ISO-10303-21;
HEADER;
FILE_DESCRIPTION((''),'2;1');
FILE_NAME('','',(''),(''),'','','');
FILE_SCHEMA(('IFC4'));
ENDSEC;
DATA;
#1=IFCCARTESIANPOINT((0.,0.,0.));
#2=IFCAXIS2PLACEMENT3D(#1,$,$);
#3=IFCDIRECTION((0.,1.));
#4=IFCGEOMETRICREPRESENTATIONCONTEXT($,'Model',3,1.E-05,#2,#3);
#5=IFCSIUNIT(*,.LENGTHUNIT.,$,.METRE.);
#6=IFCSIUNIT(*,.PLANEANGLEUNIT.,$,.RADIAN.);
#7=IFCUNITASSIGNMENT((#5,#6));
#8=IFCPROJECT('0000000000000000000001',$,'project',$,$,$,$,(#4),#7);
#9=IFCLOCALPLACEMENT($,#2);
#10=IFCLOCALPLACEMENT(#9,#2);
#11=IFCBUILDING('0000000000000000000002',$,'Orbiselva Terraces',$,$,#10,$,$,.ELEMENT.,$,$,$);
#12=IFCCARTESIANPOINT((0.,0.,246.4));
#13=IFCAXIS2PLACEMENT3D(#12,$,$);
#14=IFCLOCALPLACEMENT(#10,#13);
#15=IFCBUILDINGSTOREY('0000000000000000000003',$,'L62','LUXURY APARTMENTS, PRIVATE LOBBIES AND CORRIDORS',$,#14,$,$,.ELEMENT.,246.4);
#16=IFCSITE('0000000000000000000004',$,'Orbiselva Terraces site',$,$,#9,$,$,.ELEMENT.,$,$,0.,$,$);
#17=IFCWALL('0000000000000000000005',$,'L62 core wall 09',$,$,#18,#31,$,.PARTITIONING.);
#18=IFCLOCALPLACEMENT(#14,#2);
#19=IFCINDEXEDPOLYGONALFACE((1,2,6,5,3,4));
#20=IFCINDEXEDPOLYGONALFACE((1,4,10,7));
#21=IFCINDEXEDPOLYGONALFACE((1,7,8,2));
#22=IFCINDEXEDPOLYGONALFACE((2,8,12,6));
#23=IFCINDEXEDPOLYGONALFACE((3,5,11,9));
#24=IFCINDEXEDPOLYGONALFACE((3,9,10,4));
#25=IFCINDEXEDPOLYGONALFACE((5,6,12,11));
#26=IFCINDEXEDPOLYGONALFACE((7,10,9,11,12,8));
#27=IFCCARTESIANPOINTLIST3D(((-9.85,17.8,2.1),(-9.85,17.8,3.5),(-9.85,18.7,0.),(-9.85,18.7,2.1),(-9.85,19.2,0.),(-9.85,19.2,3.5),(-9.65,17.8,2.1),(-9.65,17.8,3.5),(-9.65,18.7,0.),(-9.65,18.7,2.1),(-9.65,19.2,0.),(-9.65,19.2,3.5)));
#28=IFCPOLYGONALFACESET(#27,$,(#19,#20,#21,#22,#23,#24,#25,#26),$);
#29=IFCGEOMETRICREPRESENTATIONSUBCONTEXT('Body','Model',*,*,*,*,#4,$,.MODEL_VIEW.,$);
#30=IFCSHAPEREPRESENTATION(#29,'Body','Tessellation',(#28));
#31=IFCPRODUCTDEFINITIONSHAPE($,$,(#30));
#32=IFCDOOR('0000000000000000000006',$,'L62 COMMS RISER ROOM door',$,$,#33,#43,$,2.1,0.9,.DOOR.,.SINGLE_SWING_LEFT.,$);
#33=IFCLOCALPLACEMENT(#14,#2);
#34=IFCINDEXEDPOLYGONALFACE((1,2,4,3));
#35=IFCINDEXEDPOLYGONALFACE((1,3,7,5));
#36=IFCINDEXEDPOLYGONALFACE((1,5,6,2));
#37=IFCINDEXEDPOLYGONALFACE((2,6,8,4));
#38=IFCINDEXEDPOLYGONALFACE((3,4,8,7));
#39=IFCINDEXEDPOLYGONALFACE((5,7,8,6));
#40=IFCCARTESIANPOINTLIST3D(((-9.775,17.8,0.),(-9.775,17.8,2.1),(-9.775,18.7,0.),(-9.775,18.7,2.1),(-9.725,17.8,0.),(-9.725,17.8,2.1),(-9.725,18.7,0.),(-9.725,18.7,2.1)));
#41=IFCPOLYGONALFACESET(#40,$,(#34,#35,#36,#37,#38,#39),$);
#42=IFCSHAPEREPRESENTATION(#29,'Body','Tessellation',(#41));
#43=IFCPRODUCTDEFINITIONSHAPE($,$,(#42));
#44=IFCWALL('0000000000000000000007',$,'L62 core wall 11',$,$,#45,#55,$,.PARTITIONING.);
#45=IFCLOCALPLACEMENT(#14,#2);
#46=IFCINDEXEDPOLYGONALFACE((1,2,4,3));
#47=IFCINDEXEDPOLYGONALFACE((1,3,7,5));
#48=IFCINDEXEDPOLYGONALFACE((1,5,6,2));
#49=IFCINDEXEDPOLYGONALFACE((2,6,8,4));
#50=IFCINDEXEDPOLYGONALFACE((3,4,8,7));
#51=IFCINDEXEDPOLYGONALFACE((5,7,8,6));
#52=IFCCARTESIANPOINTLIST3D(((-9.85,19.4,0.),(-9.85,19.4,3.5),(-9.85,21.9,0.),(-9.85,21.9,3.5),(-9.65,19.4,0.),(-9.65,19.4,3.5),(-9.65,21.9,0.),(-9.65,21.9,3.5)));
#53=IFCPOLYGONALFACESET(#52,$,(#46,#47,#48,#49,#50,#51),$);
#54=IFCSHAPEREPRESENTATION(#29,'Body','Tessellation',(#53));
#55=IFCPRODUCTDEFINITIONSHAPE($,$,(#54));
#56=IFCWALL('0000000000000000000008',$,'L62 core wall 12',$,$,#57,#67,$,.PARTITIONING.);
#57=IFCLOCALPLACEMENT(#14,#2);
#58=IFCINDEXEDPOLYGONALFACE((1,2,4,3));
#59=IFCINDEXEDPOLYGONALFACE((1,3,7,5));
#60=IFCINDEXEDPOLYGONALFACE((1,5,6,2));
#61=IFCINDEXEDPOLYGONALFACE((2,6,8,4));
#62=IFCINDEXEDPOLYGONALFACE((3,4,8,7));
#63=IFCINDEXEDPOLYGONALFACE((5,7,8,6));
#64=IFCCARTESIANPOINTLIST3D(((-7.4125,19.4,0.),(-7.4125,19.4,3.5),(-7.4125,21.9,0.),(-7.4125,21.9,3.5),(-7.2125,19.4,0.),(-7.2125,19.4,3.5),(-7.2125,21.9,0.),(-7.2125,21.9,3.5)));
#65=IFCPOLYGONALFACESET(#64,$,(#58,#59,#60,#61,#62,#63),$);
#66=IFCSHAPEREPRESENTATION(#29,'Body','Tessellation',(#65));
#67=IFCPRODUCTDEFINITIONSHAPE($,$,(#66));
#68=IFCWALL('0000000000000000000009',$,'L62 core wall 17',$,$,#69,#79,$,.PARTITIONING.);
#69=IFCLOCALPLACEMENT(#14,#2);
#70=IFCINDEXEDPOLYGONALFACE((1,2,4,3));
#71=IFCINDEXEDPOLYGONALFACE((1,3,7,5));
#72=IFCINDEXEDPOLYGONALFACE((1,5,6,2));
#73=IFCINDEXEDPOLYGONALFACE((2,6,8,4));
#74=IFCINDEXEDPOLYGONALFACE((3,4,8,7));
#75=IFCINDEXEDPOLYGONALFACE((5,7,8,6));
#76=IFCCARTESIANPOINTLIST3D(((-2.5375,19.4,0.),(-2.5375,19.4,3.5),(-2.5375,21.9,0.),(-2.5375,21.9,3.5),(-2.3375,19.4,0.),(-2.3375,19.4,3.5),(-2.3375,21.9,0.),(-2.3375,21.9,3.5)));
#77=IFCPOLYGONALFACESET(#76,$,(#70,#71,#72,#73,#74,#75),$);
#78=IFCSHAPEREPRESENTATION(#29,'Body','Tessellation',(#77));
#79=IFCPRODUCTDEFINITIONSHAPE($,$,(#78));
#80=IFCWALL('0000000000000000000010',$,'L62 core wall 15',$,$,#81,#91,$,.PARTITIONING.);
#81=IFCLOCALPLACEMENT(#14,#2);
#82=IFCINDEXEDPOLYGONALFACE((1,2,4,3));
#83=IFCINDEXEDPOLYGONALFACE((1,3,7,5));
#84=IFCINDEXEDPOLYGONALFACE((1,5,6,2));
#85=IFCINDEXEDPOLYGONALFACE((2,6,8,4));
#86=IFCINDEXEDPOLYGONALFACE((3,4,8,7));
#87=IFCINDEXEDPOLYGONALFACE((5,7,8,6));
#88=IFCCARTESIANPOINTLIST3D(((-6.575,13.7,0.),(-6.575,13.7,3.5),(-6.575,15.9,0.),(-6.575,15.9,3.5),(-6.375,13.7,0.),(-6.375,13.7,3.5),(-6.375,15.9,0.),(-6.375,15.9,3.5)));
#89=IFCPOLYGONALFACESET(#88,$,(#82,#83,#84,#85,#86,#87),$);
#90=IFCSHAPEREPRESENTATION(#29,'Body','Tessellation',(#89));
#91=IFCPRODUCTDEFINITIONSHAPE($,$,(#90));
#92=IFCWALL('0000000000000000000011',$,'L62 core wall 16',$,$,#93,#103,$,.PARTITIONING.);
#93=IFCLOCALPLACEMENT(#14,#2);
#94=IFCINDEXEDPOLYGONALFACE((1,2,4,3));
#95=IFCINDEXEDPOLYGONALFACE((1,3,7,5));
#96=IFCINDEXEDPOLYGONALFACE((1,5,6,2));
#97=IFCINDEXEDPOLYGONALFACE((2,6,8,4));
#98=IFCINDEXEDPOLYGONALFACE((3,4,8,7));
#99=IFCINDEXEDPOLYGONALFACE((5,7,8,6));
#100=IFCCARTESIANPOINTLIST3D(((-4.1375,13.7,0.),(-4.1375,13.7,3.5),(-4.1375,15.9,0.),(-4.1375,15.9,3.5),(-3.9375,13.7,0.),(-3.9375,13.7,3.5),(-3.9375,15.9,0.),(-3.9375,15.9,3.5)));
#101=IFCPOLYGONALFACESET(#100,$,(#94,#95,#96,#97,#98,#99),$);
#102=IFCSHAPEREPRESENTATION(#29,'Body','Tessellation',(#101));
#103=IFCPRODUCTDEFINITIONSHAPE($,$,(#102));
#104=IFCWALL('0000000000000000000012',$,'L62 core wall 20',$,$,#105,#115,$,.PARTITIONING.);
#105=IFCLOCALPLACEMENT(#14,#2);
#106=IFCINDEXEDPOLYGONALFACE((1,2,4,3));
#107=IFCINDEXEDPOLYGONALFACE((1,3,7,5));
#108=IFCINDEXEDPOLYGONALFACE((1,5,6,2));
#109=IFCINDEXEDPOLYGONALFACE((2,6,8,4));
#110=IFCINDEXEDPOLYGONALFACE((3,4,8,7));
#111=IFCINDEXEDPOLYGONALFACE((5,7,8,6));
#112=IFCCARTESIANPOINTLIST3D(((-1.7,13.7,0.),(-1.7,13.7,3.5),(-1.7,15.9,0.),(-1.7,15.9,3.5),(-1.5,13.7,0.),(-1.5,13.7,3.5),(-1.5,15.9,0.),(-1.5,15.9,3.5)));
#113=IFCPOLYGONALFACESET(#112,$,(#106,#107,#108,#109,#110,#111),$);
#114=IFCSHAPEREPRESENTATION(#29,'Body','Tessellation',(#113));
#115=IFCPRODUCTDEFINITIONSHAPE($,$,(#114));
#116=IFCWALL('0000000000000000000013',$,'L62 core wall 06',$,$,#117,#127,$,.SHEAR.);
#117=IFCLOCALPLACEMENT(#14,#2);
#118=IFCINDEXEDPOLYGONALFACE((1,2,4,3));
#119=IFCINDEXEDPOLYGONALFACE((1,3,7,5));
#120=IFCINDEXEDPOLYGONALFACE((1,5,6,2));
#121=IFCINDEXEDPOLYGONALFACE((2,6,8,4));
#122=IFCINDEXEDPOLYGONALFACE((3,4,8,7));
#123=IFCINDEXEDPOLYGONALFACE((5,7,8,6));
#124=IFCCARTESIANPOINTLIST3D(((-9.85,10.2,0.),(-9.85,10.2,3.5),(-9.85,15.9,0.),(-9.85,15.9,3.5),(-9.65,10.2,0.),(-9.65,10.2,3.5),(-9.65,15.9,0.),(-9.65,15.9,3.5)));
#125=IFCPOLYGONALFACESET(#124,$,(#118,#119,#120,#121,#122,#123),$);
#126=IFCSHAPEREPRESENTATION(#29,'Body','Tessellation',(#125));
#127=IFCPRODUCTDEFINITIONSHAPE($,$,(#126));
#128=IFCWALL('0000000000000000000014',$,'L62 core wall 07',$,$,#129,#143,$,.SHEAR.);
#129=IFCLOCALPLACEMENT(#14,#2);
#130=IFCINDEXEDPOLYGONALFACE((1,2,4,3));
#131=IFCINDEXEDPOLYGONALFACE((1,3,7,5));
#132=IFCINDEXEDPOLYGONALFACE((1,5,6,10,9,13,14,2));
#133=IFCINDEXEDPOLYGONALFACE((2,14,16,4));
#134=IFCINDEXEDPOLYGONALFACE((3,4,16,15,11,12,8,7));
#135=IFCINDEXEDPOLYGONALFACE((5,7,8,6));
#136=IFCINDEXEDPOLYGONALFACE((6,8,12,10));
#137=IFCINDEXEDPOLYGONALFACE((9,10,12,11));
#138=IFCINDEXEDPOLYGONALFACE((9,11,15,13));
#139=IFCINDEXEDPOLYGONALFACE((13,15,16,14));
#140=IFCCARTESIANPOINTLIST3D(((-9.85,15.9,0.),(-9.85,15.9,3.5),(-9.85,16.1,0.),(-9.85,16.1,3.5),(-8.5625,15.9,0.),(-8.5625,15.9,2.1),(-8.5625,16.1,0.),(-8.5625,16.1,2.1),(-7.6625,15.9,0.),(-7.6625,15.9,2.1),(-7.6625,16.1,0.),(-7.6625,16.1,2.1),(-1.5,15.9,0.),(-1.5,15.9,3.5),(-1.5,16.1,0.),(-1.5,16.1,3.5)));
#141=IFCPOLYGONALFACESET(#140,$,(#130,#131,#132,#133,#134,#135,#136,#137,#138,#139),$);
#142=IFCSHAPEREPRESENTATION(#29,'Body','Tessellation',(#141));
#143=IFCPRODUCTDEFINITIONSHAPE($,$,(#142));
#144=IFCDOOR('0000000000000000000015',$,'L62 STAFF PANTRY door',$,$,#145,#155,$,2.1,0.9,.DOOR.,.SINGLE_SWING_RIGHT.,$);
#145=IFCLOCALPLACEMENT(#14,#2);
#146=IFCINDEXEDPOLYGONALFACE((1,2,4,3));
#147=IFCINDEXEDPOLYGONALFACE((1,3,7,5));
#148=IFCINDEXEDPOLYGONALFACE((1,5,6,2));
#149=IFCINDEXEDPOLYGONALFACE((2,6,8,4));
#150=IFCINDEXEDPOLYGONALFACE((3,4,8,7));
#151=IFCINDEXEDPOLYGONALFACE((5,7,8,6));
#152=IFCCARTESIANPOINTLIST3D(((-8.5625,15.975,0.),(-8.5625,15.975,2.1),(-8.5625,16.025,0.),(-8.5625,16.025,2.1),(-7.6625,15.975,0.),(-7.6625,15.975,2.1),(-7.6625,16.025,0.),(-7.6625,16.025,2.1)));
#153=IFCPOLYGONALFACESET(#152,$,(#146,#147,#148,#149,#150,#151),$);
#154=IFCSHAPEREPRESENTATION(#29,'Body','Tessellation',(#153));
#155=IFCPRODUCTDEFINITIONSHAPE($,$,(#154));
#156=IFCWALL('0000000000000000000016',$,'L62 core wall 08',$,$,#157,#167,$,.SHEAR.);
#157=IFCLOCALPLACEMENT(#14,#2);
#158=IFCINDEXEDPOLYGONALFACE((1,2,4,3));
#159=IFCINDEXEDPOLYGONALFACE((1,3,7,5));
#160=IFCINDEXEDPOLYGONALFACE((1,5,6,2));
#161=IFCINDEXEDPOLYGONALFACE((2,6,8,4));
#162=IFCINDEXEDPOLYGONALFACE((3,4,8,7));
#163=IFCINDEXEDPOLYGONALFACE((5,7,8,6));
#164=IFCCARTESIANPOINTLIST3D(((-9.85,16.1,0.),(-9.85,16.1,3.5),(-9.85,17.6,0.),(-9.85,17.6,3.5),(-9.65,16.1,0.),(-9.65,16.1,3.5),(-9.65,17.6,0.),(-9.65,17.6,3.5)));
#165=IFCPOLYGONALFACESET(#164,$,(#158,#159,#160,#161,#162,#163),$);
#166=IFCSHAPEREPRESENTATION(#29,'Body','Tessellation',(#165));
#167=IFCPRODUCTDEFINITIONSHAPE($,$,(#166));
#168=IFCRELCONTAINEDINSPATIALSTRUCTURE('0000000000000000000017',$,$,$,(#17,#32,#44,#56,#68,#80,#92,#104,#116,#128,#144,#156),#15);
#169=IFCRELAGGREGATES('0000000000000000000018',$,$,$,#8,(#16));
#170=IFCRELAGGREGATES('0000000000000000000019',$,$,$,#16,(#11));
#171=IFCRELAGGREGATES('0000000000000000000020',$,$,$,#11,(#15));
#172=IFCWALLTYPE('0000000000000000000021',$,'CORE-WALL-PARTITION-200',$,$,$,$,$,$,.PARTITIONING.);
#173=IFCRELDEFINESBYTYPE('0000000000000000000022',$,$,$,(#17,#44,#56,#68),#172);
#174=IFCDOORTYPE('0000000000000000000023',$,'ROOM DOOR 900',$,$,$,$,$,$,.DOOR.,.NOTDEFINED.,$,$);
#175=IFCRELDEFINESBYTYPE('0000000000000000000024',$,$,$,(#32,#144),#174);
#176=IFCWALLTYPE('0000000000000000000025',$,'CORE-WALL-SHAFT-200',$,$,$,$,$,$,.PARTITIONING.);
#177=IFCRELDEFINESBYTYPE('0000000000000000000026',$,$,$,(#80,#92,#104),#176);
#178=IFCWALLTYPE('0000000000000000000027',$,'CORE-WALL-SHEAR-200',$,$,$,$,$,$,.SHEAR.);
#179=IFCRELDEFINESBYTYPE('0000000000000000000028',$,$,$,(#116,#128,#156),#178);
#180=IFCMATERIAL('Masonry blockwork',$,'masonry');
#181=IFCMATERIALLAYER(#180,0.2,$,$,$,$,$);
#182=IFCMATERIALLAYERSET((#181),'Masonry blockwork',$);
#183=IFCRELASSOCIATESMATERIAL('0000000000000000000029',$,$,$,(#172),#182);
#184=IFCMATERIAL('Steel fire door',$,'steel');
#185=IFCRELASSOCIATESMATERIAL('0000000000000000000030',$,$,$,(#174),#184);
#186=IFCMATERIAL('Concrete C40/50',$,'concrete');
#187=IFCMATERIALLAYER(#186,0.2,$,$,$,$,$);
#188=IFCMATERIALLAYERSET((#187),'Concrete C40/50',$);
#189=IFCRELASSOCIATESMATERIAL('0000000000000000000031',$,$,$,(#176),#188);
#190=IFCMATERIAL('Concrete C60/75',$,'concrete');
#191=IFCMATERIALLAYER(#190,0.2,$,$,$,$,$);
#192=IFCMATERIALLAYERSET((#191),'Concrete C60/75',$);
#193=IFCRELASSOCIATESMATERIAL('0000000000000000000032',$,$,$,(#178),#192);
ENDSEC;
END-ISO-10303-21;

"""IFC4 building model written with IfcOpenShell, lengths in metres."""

from ifc_helpers import new_model, si_unit, direction, frame, frame_2d, origin, place, context, subcontext, project, spatial, rectangle, extrude, material, layer, layer_set, type_object, element, fill, save


model = new_model("IFC4")

# Units and contexts
model_context = context("Model", 3, precision=1e-05, world=origin(), true_north=direction((0.0, 1.0)))
body_context = subcontext(model_context, "Body", "Model", "MODEL_VIEW")
ifc_project = project(units=[si_unit("LENGTHUNIT", "METRE"), si_unit("PLANEANGLEUNIT", "RADIAN")], contexts=[model_context])

# Site, building, storey
site_placement = place(None, origin())
site = spatial("IfcSite", under=ifc_project, at=site_placement, Name="Orbiselva Terraces site", CompositionType="ELEMENT", RefElevation=0.0)
building_placement = place(site_placement, origin())
building = spatial("IfcBuilding", under=site, at=building_placement, Name="Orbiselva Terraces", CompositionType="ELEMENT")
storey_placement = place(building_placement, frame((0.0, 0.0, 246.4)))
storey = spatial("IfcBuildingStorey", under=building, at=storey_placement, Name="L62", Description="LUXURY APARTMENTS, PRIVATE LOBBIES AND CORRIDORS", CompositionType="ELEMENT", Elevation=246.4)

# Wall, opening, door
ifc_material_1 = material(Name="Masonry blockwork", Category="masonry")
ifc_layer_1 = layer(ifc_material_1, 0.2)
ifc_layer_set_1 = layer_set([ifc_layer_1], Name="Masonry blockwork")
wall_type_1 = type_object("IfcWallType", Name="CORE-WALL-PARTITION-200", PredefinedType="PARTITIONING", material=ifc_layer_set_1)
wall_1_placement = place(storey_placement, frame((-9.75, 17.8, 0.0), z_axis=(0.0, 0.0, 1.0), x_axis=(0.0, 1.0, 0.0)))
wall_1 = element("IfcWall", 1, at=wall_1_placement, inside=storey, type_object=wall_type_1, Name="L62 core wall 09", PredefinedType="PARTITIONING", context=body_context, shape_type="SweptSolid", body=[
    extrude(rectangle(XDim=1.4, YDim=0.2, at=frame_2d((0.7, 0.0))), origin(), (0.0, 0.0, 1.0), 3.5),
])
opening_1_placement = place(wall_1_placement, origin())
opening_1 = element("IfcOpeningElement", 2, at=opening_1_placement, cuts=wall_1, PredefinedType="OPENING", context=body_context, shape_type="SweptSolid", body=[
    extrude(rectangle(XDim=0.9, YDim=2.1, at=frame_2d((0.45, 1.05))), frame((0.0, 0.11, 0.0), z_axis=(0.0, -1.0, 0.0), x_axis=(1.0, 0.0, 0.0)), (0.0, 0.0, 1.0), 0.22),
])
ifc_material_2 = material(Name="Steel fire door", Category="steel")
door_type_1 = type_object("IfcDoorType", Name="ROOM DOOR 900", OperationType="NOTDEFINED", PredefinedType="DOOR", material=ifc_material_2)
door_1_placement = place(opening_1_placement, origin())
door_1 = element("IfcDoor", 3, at=door_1_placement, inside=storey, type_object=door_type_1, Name="L62 COMMS RISER ROOM door", OperationType="SINGLE_SWING_LEFT", OverallHeight=2.1, OverallWidth=0.9, PredefinedType="DOOR", context=body_context, shape_type="SweptSolid", body=[
    extrude(rectangle(XDim=0.9, YDim=2.1, at=frame_2d((0.45, 1.05))), frame((0.0, 0.025, 0.0), z_axis=(0.0, -1.0, 0.0), x_axis=(1.0, 0.0, 0.0)), (0.0, 0.0, 1.0), 0.05),
])
fill(opening_1, door_1)

# Walls
for number, where, z_axis, x_axis, name in (
    (4, (-9.75, 19.4, 0.0), (0.0, 0.0, 1.0), (0.0, 1.0, 0.0), "L62 core wall 11"),
    (5, (-7.3125, 19.4, 0.0), (0.0, 0.0, 1.0), (0.0, 1.0, 0.0), "L62 core wall 12"),
    (6, (-2.4375, 19.4, 0.0), (0.0, 0.0, 1.0), (0.0, 1.0, 0.0), "L62 core wall 17"),
):
    element("IfcWall", number, at=place(storey_placement, frame(where, z_axis=z_axis, x_axis=x_axis)), inside=storey, type_object=wall_type_1, Name=name, PredefinedType="PARTITIONING", context=body_context, shape_type="SweptSolid", body=[
        extrude(rectangle(XDim=2.5, YDim=0.2, at=frame_2d((1.25, 0.0))), origin(), (0.0, 0.0, 1.0), 3.5),
    ])
ifc_material_3 = material(Name="Concrete C40/50", Category="concrete")
ifc_layer_2 = layer(ifc_material_3, 0.2)
ifc_layer_set_2 = layer_set([ifc_layer_2], Name="Concrete C40/50")
wall_type_2 = type_object("IfcWallType", Name="CORE-WALL-SHAFT-200", PredefinedType="PARTITIONING", material=ifc_layer_set_2)
for number, where, z_axis, x_axis, name in (
    (7, (-6.475, 13.7, 0.0), (0.0, 0.0, 1.0), (0.0, 1.0, 0.0), "L62 core wall 15"),
    (8, (-4.0375, 13.7, 0.0), (0.0, 0.0, 1.0), (0.0, 1.0, 0.0), "L62 core wall 16"),
    (9, (-1.6, 13.7, 0.0), (0.0, 0.0, 1.0), (0.0, 1.0, 0.0), "L62 core wall 20"),
):
    element("IfcWall", number, at=place(storey_placement, frame(where, z_axis=z_axis, x_axis=x_axis)), inside=storey, type_object=wall_type_2, Name=name, PredefinedType="PARTITIONING", context=body_context, shape_type="SweptSolid", body=[
        extrude(rectangle(XDim=2.2, YDim=0.2, at=frame_2d((1.1, 0.0))), origin(), (0.0, 0.0, 1.0), 3.5),
    ])
ifc_material_4 = material(Name="Concrete C60/75", Category="concrete")
ifc_layer_3 = layer(ifc_material_4, 0.2)
ifc_layer_set_3 = layer_set([ifc_layer_3], Name="Concrete C60/75")
wall_type_3 = type_object("IfcWallType", Name="CORE-WALL-SHEAR-200", PredefinedType="SHEAR", material=ifc_layer_set_3)
wall_2_placement = place(storey_placement, frame((-9.75, 10.2, 0.0), z_axis=(0.0, 0.0, 1.0), x_axis=(0.0, 1.0, 0.0)))
element("IfcWall", 10, at=wall_2_placement, inside=storey, type_object=wall_type_3, Name="L62 core wall 06", PredefinedType="SHEAR", context=body_context, shape_type="SweptSolid", body=[
    extrude(rectangle(XDim=5.7, YDim=0.2, at=frame_2d((2.85, 0.0))), origin(), (0.0, 0.0, 1.0), 3.5),
])

# Wall, opening, door
wall_3_placement = place(storey_placement, frame((-1.5, 16.0, 0.0), z_axis=(0.0, 0.0, 1.0), x_axis=(-1.0, 0.0, 0.0)))
wall_3 = element("IfcWall", 11, at=wall_3_placement, inside=storey, type_object=wall_type_3, Name="L62 core wall 07", PredefinedType="SHEAR", context=body_context, shape_type="SweptSolid", body=[
    extrude(rectangle(XDim=8.35, YDim=0.2, at=frame_2d((4.175, 0.0))), origin(), (0.0, 0.0, 1.0), 3.5),
])
opening_2_placement = place(wall_3_placement, frame((6.1625, 0.0, 0.0)))
opening_2 = element("IfcOpeningElement", 12, at=opening_2_placement, cuts=wall_3, PredefinedType="OPENING", context=body_context, shape_type="SweptSolid", body=[
    extrude(rectangle(XDim=0.9, YDim=2.1, at=frame_2d((0.45, 1.05))), frame((0.0, 0.11, 0.0), z_axis=(0.0, -1.0, 0.0), x_axis=(1.0, 0.0, 0.0)), (0.0, 0.0, 1.0), 0.22),
])
door_2_placement = place(opening_2_placement, origin())
door_2 = element("IfcDoor", 13, at=door_2_placement, inside=storey, type_object=door_type_1, Name="L62 STAFF PANTRY door", OperationType="SINGLE_SWING_RIGHT", OverallHeight=2.1, OverallWidth=0.9, PredefinedType="DOOR", context=body_context, shape_type="SweptSolid", body=[
    extrude(rectangle(XDim=0.9, YDim=2.1, at=frame_2d((0.45, 1.05))), frame((0.0, 0.025, 0.0), z_axis=(0.0, -1.0, 0.0), x_axis=(1.0, 0.0, 0.0)), (0.0, 0.0, 1.0), 0.05),
])
fill(opening_2, door_2)

# Wall
wall_4_placement = place(storey_placement, frame((-9.75, 16.1, 0.0), z_axis=(0.0, 0.0, 1.0), x_axis=(0.0, 1.0, 0.0)))
element("IfcWall", 14, at=wall_4_placement, inside=storey, type_object=wall_type_3, Name="L62 core wall 08", PredefinedType="SHEAR", context=body_context, shape_type="SweptSolid", body=[
    extrude(rectangle(XDim=1.5, YDim=0.2, at=frame_2d((0.75, 0.0))), origin(), (0.0, 0.0, 1.0), 3.5),
])

save(model, "model.ifc")
